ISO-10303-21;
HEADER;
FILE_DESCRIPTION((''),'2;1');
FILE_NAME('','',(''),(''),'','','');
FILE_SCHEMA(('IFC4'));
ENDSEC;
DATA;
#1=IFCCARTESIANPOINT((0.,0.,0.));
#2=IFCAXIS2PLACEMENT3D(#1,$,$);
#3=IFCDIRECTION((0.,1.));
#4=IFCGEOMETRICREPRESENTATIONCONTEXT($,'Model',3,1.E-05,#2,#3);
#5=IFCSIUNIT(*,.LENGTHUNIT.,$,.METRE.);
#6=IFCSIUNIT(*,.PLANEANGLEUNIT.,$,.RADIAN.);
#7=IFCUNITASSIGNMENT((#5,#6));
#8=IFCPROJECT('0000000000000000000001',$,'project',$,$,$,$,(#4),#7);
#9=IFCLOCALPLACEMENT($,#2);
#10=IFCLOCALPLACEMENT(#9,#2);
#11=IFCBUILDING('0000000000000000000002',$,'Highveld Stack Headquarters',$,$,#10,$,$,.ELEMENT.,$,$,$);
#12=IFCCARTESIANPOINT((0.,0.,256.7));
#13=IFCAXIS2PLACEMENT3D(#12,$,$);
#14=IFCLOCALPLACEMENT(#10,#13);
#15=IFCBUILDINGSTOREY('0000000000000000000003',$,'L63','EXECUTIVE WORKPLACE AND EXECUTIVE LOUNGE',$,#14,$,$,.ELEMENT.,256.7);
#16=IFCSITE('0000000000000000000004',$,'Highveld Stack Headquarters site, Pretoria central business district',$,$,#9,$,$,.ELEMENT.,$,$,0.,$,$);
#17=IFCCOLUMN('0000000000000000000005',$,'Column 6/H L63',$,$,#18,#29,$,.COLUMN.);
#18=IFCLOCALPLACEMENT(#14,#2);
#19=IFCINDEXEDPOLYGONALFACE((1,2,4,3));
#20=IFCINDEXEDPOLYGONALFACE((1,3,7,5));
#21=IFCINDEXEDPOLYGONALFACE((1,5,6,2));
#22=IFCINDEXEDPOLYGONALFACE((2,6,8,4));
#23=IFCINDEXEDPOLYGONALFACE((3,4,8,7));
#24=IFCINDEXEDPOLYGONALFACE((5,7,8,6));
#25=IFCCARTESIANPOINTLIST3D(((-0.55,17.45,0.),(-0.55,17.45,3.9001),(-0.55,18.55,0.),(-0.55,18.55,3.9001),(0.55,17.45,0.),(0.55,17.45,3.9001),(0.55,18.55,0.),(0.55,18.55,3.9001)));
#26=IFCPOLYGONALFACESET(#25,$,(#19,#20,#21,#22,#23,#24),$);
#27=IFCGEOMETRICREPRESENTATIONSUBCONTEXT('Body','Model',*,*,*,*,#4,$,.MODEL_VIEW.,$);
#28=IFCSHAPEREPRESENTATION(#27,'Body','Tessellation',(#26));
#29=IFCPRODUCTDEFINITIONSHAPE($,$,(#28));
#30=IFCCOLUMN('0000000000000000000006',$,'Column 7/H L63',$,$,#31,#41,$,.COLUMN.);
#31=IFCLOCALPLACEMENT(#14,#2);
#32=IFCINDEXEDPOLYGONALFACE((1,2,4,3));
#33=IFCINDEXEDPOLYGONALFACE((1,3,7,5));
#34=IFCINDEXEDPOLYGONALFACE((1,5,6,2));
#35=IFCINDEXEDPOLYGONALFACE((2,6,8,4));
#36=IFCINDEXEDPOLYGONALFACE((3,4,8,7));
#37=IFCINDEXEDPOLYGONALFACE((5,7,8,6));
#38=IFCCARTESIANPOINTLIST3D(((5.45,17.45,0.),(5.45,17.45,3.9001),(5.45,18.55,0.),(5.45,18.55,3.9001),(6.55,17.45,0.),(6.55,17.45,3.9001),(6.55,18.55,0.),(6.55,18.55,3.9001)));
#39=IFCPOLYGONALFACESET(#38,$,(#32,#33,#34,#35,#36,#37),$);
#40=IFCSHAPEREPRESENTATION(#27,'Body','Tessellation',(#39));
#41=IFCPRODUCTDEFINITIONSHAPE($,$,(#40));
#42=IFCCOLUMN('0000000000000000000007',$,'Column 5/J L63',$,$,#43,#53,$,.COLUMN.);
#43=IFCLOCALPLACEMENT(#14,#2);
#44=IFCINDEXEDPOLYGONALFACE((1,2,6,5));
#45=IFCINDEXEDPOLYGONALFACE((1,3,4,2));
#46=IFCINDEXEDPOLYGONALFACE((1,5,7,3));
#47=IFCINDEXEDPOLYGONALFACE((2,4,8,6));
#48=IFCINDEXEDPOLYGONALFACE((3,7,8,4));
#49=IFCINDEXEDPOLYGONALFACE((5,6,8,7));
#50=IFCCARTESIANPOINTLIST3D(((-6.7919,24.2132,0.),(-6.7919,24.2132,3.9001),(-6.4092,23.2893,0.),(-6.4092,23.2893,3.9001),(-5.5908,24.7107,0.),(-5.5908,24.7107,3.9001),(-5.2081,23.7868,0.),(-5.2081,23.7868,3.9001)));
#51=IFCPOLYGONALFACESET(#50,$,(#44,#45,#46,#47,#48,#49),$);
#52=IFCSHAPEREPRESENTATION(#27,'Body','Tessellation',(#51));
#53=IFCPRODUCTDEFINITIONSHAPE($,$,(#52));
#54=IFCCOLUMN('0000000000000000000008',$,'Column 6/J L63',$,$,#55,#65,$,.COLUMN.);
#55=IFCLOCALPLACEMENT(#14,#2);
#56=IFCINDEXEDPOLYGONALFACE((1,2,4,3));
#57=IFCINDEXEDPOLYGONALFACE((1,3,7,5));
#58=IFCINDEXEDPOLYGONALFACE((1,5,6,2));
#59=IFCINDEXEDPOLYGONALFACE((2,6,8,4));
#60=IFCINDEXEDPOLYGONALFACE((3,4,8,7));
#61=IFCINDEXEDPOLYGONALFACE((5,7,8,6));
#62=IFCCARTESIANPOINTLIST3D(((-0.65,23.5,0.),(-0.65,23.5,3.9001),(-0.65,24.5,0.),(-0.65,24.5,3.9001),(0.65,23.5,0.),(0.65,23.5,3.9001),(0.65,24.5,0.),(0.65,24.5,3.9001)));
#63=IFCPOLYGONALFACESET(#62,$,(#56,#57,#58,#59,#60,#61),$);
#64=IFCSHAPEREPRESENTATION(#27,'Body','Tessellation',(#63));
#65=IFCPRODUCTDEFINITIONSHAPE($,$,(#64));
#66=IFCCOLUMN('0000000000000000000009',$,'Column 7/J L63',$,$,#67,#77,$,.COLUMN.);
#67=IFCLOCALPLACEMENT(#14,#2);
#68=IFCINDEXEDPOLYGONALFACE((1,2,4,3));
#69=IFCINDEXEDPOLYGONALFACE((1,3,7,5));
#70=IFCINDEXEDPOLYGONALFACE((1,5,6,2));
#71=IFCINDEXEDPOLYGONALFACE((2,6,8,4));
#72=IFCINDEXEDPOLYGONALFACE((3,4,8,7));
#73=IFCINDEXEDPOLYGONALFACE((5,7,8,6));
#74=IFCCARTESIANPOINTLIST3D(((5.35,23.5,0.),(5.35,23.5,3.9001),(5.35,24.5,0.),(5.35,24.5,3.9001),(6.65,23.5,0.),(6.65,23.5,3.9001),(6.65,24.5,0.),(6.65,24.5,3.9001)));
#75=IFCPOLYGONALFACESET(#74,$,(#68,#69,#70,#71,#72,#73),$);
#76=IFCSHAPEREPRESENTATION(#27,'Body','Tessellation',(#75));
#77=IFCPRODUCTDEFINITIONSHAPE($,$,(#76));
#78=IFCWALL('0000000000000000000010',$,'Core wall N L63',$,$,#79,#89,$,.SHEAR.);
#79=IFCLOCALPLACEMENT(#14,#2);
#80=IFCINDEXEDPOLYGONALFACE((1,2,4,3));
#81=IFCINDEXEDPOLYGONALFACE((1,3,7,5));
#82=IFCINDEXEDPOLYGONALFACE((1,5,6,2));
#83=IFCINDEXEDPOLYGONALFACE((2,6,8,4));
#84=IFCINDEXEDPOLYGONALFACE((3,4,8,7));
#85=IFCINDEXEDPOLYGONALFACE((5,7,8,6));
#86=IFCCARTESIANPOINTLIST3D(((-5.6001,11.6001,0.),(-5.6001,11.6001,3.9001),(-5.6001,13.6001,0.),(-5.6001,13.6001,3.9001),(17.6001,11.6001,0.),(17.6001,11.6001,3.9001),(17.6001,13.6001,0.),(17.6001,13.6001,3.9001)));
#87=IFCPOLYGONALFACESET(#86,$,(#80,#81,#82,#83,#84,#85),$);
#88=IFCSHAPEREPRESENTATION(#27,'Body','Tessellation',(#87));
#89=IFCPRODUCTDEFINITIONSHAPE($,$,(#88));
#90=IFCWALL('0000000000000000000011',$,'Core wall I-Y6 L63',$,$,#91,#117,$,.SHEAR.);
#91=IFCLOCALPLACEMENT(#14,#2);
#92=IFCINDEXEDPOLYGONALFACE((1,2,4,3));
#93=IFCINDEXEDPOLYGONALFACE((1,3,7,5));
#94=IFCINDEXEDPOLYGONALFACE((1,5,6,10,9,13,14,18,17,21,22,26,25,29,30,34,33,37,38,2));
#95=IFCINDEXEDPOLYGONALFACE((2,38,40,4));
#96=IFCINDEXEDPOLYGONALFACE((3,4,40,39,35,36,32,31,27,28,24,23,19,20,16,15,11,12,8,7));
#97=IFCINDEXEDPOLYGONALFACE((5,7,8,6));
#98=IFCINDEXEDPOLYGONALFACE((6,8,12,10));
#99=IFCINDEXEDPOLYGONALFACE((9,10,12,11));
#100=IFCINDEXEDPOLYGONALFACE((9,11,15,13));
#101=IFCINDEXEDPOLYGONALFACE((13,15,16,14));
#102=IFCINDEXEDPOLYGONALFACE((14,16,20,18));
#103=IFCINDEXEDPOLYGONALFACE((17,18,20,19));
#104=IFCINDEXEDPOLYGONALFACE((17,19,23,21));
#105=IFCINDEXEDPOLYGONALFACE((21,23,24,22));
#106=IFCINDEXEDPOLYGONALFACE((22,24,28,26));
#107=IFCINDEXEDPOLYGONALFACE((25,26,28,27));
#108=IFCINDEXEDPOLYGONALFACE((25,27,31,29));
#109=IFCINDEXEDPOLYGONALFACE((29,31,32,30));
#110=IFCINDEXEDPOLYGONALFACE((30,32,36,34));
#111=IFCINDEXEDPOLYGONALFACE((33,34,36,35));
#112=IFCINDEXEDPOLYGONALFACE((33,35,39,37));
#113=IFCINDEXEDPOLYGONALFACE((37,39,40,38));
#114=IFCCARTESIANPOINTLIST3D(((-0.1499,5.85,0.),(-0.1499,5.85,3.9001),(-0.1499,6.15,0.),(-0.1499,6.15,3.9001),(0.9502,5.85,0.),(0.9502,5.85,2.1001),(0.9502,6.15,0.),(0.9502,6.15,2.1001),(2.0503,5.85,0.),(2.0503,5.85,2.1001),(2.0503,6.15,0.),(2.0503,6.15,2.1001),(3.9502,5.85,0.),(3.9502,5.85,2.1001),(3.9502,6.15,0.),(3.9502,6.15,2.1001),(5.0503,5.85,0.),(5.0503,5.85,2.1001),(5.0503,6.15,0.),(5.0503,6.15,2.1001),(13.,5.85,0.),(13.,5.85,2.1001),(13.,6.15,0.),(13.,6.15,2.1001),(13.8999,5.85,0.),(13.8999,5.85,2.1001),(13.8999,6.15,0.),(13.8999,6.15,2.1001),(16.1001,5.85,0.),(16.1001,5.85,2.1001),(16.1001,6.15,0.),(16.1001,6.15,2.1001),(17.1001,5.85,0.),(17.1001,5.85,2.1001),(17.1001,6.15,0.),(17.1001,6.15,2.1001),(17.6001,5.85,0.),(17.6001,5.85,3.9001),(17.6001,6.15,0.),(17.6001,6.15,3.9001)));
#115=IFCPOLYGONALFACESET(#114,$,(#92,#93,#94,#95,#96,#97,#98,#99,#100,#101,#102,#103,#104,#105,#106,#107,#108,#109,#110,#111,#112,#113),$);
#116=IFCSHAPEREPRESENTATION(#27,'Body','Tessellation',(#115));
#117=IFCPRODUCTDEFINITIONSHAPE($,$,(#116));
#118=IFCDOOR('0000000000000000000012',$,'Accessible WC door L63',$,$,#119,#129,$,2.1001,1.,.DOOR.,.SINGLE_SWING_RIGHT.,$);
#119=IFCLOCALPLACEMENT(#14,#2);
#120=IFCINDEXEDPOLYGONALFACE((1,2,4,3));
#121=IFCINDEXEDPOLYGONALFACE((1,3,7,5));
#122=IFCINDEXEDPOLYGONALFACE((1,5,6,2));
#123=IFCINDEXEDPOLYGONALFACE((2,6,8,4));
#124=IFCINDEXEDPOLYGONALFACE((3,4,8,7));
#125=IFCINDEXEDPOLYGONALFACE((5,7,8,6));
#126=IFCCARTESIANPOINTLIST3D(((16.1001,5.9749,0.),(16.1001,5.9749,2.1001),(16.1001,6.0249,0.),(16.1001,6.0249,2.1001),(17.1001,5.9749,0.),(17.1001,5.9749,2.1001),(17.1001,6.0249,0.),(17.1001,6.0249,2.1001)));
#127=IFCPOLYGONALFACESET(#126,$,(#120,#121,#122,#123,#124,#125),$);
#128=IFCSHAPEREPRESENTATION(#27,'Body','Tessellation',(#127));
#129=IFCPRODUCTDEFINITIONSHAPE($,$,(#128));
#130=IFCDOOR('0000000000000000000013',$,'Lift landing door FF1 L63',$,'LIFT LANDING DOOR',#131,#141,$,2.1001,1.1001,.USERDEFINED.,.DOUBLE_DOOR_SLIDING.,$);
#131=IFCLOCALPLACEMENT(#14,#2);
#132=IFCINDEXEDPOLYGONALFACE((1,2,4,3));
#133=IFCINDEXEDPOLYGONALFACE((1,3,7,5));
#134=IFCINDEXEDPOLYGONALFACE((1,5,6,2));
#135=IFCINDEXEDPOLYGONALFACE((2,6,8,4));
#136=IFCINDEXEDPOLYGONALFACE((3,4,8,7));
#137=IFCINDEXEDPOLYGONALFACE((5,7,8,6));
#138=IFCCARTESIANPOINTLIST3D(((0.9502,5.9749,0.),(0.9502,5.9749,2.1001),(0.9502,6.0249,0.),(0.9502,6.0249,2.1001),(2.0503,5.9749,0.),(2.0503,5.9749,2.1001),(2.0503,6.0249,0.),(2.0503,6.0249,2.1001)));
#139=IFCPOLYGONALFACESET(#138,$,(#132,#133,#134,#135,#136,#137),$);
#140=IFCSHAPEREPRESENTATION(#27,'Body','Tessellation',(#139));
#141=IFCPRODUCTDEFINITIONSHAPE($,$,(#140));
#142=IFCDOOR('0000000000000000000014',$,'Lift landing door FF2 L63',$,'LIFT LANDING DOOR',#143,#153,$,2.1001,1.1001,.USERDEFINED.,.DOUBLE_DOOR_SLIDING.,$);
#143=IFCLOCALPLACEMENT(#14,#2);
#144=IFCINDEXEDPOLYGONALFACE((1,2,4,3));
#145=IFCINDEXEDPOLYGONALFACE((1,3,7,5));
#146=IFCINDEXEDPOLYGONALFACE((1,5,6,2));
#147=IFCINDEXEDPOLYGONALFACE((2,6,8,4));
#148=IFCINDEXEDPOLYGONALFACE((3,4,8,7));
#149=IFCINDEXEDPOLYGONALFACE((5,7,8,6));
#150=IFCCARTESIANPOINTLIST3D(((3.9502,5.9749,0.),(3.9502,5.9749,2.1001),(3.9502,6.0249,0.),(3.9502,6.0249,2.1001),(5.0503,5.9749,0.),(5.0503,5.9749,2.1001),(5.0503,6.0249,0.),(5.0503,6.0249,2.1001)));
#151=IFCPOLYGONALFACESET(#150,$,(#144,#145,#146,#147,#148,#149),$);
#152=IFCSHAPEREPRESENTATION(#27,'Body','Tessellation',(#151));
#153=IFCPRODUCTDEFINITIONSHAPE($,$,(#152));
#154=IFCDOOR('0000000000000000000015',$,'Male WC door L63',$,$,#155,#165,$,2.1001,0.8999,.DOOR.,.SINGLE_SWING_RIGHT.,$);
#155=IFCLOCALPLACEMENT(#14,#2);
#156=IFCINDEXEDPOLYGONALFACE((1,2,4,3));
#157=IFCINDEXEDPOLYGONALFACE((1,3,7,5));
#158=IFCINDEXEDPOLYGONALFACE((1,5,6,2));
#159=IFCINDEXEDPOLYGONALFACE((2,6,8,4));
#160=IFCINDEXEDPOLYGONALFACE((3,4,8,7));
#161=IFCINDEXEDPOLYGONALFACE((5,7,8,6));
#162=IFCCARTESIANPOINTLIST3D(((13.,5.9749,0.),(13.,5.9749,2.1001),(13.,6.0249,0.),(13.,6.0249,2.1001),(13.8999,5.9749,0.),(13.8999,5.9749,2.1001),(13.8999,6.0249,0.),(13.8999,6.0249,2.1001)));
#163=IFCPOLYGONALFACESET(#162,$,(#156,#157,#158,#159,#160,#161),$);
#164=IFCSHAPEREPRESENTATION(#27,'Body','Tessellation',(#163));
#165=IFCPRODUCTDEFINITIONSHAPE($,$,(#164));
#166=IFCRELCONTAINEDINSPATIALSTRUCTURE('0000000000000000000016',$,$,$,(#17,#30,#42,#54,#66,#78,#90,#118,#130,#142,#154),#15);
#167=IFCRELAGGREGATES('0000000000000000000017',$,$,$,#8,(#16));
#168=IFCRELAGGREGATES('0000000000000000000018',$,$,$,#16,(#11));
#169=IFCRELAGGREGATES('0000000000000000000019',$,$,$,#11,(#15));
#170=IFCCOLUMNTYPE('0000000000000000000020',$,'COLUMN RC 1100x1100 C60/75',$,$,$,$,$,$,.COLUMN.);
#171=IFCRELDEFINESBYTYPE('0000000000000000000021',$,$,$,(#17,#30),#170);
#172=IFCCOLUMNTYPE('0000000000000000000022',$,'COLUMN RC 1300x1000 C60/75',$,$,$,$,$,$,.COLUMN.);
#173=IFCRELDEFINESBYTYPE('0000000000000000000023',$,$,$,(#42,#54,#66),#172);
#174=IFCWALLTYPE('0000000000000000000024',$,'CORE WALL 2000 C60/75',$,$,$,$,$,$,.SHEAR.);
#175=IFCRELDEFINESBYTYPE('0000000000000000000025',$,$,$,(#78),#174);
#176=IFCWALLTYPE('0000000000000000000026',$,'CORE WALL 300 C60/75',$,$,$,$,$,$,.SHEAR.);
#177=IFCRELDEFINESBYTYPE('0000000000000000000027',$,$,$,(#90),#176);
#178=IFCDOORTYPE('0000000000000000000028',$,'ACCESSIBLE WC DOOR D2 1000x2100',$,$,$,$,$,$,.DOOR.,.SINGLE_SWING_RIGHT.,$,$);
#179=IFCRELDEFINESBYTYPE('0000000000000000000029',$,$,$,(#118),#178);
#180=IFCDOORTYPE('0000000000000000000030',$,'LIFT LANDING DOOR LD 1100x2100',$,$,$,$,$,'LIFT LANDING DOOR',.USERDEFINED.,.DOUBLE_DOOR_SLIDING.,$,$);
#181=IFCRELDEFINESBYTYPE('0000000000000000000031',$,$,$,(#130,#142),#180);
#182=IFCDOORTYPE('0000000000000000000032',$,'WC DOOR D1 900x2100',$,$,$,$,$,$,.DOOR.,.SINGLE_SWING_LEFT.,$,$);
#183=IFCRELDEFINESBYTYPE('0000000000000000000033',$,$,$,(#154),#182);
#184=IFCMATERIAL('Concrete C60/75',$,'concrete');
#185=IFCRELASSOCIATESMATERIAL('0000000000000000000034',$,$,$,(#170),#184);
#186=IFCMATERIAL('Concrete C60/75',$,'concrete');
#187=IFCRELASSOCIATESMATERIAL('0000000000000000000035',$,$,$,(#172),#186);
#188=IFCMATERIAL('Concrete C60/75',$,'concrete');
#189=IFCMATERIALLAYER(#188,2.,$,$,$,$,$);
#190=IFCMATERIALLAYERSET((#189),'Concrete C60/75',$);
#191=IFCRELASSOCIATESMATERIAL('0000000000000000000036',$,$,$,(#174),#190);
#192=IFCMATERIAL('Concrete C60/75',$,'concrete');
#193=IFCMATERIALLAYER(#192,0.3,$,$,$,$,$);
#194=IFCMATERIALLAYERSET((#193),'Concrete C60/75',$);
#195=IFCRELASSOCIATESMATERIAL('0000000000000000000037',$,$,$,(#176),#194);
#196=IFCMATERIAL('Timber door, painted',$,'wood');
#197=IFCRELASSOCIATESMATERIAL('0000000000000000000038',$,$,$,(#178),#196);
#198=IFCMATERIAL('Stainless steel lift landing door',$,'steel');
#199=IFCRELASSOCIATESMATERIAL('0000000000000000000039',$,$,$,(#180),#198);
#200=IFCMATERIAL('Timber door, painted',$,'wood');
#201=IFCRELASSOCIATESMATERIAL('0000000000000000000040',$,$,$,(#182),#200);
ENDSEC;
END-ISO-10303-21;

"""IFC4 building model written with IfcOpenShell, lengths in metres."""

from ifc_helpers import new_model, si_unit, direction, frame, frame_2d, origin, origin_2d, place, context, subcontext, project, spatial, rectangle, extrude, material, layer, layer_set, material_profile, profile_set, type_object, element, fill, save


model = new_model("IFC4")

# Units and contexts
model_context = context("Model", 3, precision=1e-05, world=origin(), true_north=direction((0.0, 1.0)))
body_context = subcontext(model_context, "Body", "Model", "MODEL_VIEW")
ifc_project = project(units=[si_unit("LENGTHUNIT", "METRE"), si_unit("PLANEANGLEUNIT", "RADIAN")], contexts=[model_context])

# Site, building, storey
site_placement = place(None, origin())
site = spatial("IfcSite", under=ifc_project, at=site_placement, Name="Highveld Stack Headquarters site, Pretoria central business district", CompositionType="ELEMENT", RefElevation=0.0)
building_placement = place(site_placement, origin())
building = spatial("IfcBuilding", under=site, at=building_placement, Name="Highveld Stack Headquarters", CompositionType="ELEMENT")
storey_placement = place(building_placement, frame((0.0, 0.0, 256.7)))
storey = spatial("IfcBuildingStorey", under=building, at=storey_placement, Name="L63", Description="EXECUTIVE WORKPLACE AND EXECUTIVE LOUNGE", CompositionType="ELEMENT", Elevation=256.7)

# Columns
ifc_material_1 = material(Name="Concrete C60/75", Category="concrete")
ifc_material_profile_1 = material_profile(ifc_material_1, rectangle(XDim=1.1001, YDim=1.1001, at=origin_2d()), Name="RC 1100x1100")
ifc_profile_set_1 = profile_set([ifc_material_profile_1], Name="Concrete C60/75")
column_type_1 = type_object("IfcColumnType", Name="COLUMN RC 1100x1100 C60/75", PredefinedType="COLUMN", material=ifc_profile_set_1)
for number, where, z_axis, x_axis, name in (
    (1, (0.0, 18.0, 0.0), (0.0, 0.0, 1.0), (1.0, 0.0, 0.0), "Column 6/H L63"),
    (2, (6.0, 18.0, 0.0), (0.0, 0.0, 1.0), (1.0, 0.0, 0.0), "Column 7/H L63"),
):
    element("IfcColumn", number, at=place(storey_placement, frame(where, z_axis=z_axis, x_axis=x_axis)), inside=storey, type_object=column_type_1, Name=name, PredefinedType="COLUMN", context=body_context, shape_type="SweptSolid", body=[
        extrude(rectangle(XDim=1.1001, YDim=1.1001, at=origin_2d()), origin(), (0.0, 0.0, 1.0), 3.9001),
    ])
ifc_material_2 = material(Name="Concrete C60/75", Category="concrete")
ifc_material_profile_2 = material_profile(ifc_material_2, rectangle(XDim=1.3, YDim=1.0, at=origin_2d()), Name="RC 1300x1000")
ifc_profile_set_2 = profile_set([ifc_material_profile_2], Name="Concrete C60/75")
column_type_2 = type_object("IfcColumnType", Name="COLUMN RC 1300x1000 C60/75", PredefinedType="COLUMN", material=ifc_profile_set_2)
for number, where, z_axis, x_axis, name in (
    (3, (-6.0, 24.0, 0.0), (0.0, 0.0, 1.0), (0.92388, 0.382683, 0.0), "Column 5/J L63"),
    (4, (0.0, 24.0, 0.0), (0.0, 0.0, 1.0), (1.0, 0.0, 0.0), "Column 6/J L63"),
    (5, (6.0, 24.0, 0.0), (0.0, 0.0, 1.0), (1.0, 0.0, 0.0), "Column 7/J L63"),
):
    element("IfcColumn", number, at=place(storey_placement, frame(where, z_axis=z_axis, x_axis=x_axis)), inside=storey, type_object=column_type_2, Name=name, PredefinedType="COLUMN", context=body_context, shape_type="SweptSolid", body=[
        extrude(rectangle(XDim=1.3, YDim=1.0, at=origin_2d()), origin(), (0.0, 0.0, 1.0), 3.9001),
    ])

# Wall
ifc_material_3 = material(Name="Concrete C60/75", Category="concrete")
ifc_layer_1 = layer(ifc_material_3, 2.0)
ifc_layer_set_1 = layer_set([ifc_layer_1], Name="Concrete C60/75")
wall_type_1 = type_object("IfcWallType", Name="CORE WALL 2000 C60/75", PredefinedType="SHEAR", material=ifc_layer_set_1)
wall_1_placement = place(storey_placement, frame((-5.6001, 12.6001, 0.0), z_axis=(0.0, 0.0, 1.0), x_axis=(1.0, 0.0, 0.0)))
element("IfcWall", 6, at=wall_1_placement, inside=storey, type_object=wall_type_1, Name="Core wall N L63", PredefinedType="SHEAR", context=body_context, shape_type="SweptSolid", body=[
    extrude(rectangle(XDim=23.2002, YDim=2.0, at=frame_2d((11.6001, 0.0))), origin(), (0.0, 0.0, 1.0), 3.9001),
])

# Wall, openings, doors
ifc_material_4 = material(Name="Concrete C60/75", Category="concrete")
ifc_layer_2 = layer(ifc_material_4, 0.3)
ifc_layer_set_2 = layer_set([ifc_layer_2], Name="Concrete C60/75")
wall_type_2 = type_object("IfcWallType", Name="CORE WALL 300 C60/75", PredefinedType="SHEAR", material=ifc_layer_set_2)
wall_2_placement = place(storey_placement, frame((-0.1499, 6.0, 0.0), z_axis=(0.0, 0.0, 1.0), x_axis=(1.0, 0.0, 0.0)))
wall_2 = element("IfcWall", 7, at=wall_2_placement, inside=storey, type_object=wall_type_2, Name="Core wall I-Y6 L63", PredefinedType="SHEAR", context=body_context, shape_type="SweptSolid", body=[
    extrude(rectangle(XDim=17.75, YDim=0.3, at=frame_2d((8.875, 0.0))), origin(), (0.0, 0.0, 1.0), 3.9001),
])
opening_1_placement = place(wall_2_placement, frame((13.1499, 0.0, 0.0)))
opening_1 = element("IfcOpeningElement", 8, at=opening_1_placement, cuts=wall_2, PredefinedType="OPENING", context=body_context, shape_type="SweptSolid", body=[
    extrude(rectangle(XDim=0.8999, YDim=2.1001, at=frame_2d((0.45, 1.05))), frame((0.0, 0.1599, 0.0), z_axis=(0.0, -1.0, 0.0), x_axis=(1.0, 0.0, 0.0)), (0.0, 0.0, 1.0), 0.3201),
])
opening_2_placement = place(wall_2_placement, frame((16.25, 0.0, 0.0)))
opening_2 = element("IfcOpeningElement", 9, at=opening_2_placement, cuts=wall_2, PredefinedType="OPENING", context=body_context, shape_type="SweptSolid", body=[
    extrude(rectangle(XDim=1.0, YDim=2.1001, at=frame_2d((0.5, 1.05))), frame((0.0, 0.1599, 0.0), z_axis=(0.0, -1.0, 0.0), x_axis=(1.0, 0.0, 0.0)), (0.0, 0.0, 1.0), 0.3201),
])
opening_3_placement = place(wall_2_placement, frame((1.1001, 0.0, 0.0)))
opening_3 = element("IfcOpeningElement", 10, at=opening_3_placement, cuts=wall_2, PredefinedType="OPENING", context=body_context, shape_type="SweptSolid", body=[
    extrude(rectangle(XDim=1.1001, YDim=2.1001, at=frame_2d((0.55, 1.05))), frame((0.0, 0.1599, 0.0), z_axis=(0.0, -1.0, 0.0), x_axis=(1.0, 0.0, 0.0)), (0.0, 0.0, 1.0), 0.3201),
])
opening_4_placement = place(wall_2_placement, frame((4.1001, 0.0, 0.0)))
opening_4 = element("IfcOpeningElement", 11, at=opening_4_placement, cuts=wall_2, PredefinedType="OPENING", context=body_context, shape_type="SweptSolid", body=[
    extrude(rectangle(XDim=1.1001, YDim=2.1001, at=frame_2d((0.55, 1.05))), frame((0.0, 0.1599, 0.0), z_axis=(0.0, -1.0, 0.0), x_axis=(1.0, 0.0, 0.0)), (0.0, 0.0, 1.0), 0.3201),
])
ifc_material_5 = material(Name="Timber door, painted", Category="wood")
door_type_1 = type_object("IfcDoorType", Name="ACCESSIBLE WC DOOR D2 1000x2100", OperationType="SINGLE_SWING_RIGHT", PredefinedType="DOOR", material=ifc_material_5)
door_1_placement = place(opening_2_placement, origin())
door_1 = element("IfcDoor", 12, at=door_1_placement, inside=storey, type_object=door_type_1, Name="Accessible WC door L63", OperationType="SINGLE_SWING_RIGHT", OverallHeight=2.1001, OverallWidth=1.0, PredefinedType="DOOR", context=body_context, shape_type="SweptSolid", body=[
    extrude(rectangle(XDim=1.0, YDim=2.1001, at=frame_2d((0.5, 1.05))), frame((0.0, 0.0249, 0.0), z_axis=(0.0, -1.0, 0.0), x_axis=(1.0, 0.0, 0.0)), (0.0, 0.0, 1.0), 0.05),
])
fill(opening_2, door_1)
ifc_material_6 = material(Name="Stainless steel lift landing door", Category="steel")
door_type_2 = type_object("IfcDoorType", Name="LIFT LANDING DOOR LD 1100x2100", ElementType="LIFT LANDING DOOR", OperationType="DOUBLE_DOOR_SLIDING", PredefinedType="USERDEFINED", material=ifc_material_6)
door_2_placement = place(opening_3_placement, origin())
door_2 = element("IfcDoor", 13, at=door_2_placement, inside=storey, type_object=door_type_2, Name="Lift landing door FF1 L63", ObjectType="LIFT LANDING DOOR", OperationType="DOUBLE_DOOR_SLIDING", OverallHeight=2.1001, OverallWidth=1.1001, PredefinedType="USERDEFINED", context=body_context, shape_type="SweptSolid", body=[
    extrude(rectangle(XDim=1.1001, YDim=2.1001, at=frame_2d((0.55, 1.05))), frame((0.0, 0.0249, 0.0), z_axis=(0.0, -1.0, 0.0), x_axis=(1.0, 0.0, 0.0)), (0.0, 0.0, 1.0), 0.05),
])
fill(opening_3, door_2)
door_3_placement = place(opening_4_placement, origin())
door_3 = element("IfcDoor", 14, at=door_3_placement, inside=storey, type_object=door_type_2, Name="Lift landing door FF2 L63", ObjectType="LIFT LANDING DOOR", OperationType="DOUBLE_DOOR_SLIDING", OverallHeight=2.1001, OverallWidth=1.1001, PredefinedType="USERDEFINED", context=body_context, shape_type="SweptSolid", body=[
    extrude(rectangle(XDim=1.1001, YDim=2.1001, at=frame_2d((0.55, 1.05))), frame((0.0, 0.0249, 0.0), z_axis=(0.0, -1.0, 0.0), x_axis=(1.0, 0.0, 0.0)), (0.0, 0.0, 1.0), 0.05),
])
fill(opening_4, door_3)
ifc_material_7 = material(Name="Timber door, painted", Category="wood")
door_type_3 = type_object("IfcDoorType", Name="WC DOOR D1 900x2100", OperationType="SINGLE_SWING_LEFT", PredefinedType="DOOR", material=ifc_material_7)
door_4_placement = place(opening_1_placement, origin())
door_4 = element("IfcDoor", 15, at=door_4_placement, inside=storey, type_object=door_type_3, Name="Male WC door L63", OperationType="SINGLE_SWING_RIGHT", OverallHeight=2.1001, OverallWidth=0.8999, PredefinedType="DOOR", context=body_context, shape_type="SweptSolid", body=[
    extrude(rectangle(XDim=0.8999, YDim=2.1001, at=frame_2d((0.45, 1.05))), frame((0.0, 0.0249, 0.0), z_axis=(0.0, -1.0, 0.0), x_axis=(1.0, 0.0, 0.0)), (0.0, 0.0, 1.0), 0.05),
])
fill(opening_1, door_4)

save(model, "model.ifc")
